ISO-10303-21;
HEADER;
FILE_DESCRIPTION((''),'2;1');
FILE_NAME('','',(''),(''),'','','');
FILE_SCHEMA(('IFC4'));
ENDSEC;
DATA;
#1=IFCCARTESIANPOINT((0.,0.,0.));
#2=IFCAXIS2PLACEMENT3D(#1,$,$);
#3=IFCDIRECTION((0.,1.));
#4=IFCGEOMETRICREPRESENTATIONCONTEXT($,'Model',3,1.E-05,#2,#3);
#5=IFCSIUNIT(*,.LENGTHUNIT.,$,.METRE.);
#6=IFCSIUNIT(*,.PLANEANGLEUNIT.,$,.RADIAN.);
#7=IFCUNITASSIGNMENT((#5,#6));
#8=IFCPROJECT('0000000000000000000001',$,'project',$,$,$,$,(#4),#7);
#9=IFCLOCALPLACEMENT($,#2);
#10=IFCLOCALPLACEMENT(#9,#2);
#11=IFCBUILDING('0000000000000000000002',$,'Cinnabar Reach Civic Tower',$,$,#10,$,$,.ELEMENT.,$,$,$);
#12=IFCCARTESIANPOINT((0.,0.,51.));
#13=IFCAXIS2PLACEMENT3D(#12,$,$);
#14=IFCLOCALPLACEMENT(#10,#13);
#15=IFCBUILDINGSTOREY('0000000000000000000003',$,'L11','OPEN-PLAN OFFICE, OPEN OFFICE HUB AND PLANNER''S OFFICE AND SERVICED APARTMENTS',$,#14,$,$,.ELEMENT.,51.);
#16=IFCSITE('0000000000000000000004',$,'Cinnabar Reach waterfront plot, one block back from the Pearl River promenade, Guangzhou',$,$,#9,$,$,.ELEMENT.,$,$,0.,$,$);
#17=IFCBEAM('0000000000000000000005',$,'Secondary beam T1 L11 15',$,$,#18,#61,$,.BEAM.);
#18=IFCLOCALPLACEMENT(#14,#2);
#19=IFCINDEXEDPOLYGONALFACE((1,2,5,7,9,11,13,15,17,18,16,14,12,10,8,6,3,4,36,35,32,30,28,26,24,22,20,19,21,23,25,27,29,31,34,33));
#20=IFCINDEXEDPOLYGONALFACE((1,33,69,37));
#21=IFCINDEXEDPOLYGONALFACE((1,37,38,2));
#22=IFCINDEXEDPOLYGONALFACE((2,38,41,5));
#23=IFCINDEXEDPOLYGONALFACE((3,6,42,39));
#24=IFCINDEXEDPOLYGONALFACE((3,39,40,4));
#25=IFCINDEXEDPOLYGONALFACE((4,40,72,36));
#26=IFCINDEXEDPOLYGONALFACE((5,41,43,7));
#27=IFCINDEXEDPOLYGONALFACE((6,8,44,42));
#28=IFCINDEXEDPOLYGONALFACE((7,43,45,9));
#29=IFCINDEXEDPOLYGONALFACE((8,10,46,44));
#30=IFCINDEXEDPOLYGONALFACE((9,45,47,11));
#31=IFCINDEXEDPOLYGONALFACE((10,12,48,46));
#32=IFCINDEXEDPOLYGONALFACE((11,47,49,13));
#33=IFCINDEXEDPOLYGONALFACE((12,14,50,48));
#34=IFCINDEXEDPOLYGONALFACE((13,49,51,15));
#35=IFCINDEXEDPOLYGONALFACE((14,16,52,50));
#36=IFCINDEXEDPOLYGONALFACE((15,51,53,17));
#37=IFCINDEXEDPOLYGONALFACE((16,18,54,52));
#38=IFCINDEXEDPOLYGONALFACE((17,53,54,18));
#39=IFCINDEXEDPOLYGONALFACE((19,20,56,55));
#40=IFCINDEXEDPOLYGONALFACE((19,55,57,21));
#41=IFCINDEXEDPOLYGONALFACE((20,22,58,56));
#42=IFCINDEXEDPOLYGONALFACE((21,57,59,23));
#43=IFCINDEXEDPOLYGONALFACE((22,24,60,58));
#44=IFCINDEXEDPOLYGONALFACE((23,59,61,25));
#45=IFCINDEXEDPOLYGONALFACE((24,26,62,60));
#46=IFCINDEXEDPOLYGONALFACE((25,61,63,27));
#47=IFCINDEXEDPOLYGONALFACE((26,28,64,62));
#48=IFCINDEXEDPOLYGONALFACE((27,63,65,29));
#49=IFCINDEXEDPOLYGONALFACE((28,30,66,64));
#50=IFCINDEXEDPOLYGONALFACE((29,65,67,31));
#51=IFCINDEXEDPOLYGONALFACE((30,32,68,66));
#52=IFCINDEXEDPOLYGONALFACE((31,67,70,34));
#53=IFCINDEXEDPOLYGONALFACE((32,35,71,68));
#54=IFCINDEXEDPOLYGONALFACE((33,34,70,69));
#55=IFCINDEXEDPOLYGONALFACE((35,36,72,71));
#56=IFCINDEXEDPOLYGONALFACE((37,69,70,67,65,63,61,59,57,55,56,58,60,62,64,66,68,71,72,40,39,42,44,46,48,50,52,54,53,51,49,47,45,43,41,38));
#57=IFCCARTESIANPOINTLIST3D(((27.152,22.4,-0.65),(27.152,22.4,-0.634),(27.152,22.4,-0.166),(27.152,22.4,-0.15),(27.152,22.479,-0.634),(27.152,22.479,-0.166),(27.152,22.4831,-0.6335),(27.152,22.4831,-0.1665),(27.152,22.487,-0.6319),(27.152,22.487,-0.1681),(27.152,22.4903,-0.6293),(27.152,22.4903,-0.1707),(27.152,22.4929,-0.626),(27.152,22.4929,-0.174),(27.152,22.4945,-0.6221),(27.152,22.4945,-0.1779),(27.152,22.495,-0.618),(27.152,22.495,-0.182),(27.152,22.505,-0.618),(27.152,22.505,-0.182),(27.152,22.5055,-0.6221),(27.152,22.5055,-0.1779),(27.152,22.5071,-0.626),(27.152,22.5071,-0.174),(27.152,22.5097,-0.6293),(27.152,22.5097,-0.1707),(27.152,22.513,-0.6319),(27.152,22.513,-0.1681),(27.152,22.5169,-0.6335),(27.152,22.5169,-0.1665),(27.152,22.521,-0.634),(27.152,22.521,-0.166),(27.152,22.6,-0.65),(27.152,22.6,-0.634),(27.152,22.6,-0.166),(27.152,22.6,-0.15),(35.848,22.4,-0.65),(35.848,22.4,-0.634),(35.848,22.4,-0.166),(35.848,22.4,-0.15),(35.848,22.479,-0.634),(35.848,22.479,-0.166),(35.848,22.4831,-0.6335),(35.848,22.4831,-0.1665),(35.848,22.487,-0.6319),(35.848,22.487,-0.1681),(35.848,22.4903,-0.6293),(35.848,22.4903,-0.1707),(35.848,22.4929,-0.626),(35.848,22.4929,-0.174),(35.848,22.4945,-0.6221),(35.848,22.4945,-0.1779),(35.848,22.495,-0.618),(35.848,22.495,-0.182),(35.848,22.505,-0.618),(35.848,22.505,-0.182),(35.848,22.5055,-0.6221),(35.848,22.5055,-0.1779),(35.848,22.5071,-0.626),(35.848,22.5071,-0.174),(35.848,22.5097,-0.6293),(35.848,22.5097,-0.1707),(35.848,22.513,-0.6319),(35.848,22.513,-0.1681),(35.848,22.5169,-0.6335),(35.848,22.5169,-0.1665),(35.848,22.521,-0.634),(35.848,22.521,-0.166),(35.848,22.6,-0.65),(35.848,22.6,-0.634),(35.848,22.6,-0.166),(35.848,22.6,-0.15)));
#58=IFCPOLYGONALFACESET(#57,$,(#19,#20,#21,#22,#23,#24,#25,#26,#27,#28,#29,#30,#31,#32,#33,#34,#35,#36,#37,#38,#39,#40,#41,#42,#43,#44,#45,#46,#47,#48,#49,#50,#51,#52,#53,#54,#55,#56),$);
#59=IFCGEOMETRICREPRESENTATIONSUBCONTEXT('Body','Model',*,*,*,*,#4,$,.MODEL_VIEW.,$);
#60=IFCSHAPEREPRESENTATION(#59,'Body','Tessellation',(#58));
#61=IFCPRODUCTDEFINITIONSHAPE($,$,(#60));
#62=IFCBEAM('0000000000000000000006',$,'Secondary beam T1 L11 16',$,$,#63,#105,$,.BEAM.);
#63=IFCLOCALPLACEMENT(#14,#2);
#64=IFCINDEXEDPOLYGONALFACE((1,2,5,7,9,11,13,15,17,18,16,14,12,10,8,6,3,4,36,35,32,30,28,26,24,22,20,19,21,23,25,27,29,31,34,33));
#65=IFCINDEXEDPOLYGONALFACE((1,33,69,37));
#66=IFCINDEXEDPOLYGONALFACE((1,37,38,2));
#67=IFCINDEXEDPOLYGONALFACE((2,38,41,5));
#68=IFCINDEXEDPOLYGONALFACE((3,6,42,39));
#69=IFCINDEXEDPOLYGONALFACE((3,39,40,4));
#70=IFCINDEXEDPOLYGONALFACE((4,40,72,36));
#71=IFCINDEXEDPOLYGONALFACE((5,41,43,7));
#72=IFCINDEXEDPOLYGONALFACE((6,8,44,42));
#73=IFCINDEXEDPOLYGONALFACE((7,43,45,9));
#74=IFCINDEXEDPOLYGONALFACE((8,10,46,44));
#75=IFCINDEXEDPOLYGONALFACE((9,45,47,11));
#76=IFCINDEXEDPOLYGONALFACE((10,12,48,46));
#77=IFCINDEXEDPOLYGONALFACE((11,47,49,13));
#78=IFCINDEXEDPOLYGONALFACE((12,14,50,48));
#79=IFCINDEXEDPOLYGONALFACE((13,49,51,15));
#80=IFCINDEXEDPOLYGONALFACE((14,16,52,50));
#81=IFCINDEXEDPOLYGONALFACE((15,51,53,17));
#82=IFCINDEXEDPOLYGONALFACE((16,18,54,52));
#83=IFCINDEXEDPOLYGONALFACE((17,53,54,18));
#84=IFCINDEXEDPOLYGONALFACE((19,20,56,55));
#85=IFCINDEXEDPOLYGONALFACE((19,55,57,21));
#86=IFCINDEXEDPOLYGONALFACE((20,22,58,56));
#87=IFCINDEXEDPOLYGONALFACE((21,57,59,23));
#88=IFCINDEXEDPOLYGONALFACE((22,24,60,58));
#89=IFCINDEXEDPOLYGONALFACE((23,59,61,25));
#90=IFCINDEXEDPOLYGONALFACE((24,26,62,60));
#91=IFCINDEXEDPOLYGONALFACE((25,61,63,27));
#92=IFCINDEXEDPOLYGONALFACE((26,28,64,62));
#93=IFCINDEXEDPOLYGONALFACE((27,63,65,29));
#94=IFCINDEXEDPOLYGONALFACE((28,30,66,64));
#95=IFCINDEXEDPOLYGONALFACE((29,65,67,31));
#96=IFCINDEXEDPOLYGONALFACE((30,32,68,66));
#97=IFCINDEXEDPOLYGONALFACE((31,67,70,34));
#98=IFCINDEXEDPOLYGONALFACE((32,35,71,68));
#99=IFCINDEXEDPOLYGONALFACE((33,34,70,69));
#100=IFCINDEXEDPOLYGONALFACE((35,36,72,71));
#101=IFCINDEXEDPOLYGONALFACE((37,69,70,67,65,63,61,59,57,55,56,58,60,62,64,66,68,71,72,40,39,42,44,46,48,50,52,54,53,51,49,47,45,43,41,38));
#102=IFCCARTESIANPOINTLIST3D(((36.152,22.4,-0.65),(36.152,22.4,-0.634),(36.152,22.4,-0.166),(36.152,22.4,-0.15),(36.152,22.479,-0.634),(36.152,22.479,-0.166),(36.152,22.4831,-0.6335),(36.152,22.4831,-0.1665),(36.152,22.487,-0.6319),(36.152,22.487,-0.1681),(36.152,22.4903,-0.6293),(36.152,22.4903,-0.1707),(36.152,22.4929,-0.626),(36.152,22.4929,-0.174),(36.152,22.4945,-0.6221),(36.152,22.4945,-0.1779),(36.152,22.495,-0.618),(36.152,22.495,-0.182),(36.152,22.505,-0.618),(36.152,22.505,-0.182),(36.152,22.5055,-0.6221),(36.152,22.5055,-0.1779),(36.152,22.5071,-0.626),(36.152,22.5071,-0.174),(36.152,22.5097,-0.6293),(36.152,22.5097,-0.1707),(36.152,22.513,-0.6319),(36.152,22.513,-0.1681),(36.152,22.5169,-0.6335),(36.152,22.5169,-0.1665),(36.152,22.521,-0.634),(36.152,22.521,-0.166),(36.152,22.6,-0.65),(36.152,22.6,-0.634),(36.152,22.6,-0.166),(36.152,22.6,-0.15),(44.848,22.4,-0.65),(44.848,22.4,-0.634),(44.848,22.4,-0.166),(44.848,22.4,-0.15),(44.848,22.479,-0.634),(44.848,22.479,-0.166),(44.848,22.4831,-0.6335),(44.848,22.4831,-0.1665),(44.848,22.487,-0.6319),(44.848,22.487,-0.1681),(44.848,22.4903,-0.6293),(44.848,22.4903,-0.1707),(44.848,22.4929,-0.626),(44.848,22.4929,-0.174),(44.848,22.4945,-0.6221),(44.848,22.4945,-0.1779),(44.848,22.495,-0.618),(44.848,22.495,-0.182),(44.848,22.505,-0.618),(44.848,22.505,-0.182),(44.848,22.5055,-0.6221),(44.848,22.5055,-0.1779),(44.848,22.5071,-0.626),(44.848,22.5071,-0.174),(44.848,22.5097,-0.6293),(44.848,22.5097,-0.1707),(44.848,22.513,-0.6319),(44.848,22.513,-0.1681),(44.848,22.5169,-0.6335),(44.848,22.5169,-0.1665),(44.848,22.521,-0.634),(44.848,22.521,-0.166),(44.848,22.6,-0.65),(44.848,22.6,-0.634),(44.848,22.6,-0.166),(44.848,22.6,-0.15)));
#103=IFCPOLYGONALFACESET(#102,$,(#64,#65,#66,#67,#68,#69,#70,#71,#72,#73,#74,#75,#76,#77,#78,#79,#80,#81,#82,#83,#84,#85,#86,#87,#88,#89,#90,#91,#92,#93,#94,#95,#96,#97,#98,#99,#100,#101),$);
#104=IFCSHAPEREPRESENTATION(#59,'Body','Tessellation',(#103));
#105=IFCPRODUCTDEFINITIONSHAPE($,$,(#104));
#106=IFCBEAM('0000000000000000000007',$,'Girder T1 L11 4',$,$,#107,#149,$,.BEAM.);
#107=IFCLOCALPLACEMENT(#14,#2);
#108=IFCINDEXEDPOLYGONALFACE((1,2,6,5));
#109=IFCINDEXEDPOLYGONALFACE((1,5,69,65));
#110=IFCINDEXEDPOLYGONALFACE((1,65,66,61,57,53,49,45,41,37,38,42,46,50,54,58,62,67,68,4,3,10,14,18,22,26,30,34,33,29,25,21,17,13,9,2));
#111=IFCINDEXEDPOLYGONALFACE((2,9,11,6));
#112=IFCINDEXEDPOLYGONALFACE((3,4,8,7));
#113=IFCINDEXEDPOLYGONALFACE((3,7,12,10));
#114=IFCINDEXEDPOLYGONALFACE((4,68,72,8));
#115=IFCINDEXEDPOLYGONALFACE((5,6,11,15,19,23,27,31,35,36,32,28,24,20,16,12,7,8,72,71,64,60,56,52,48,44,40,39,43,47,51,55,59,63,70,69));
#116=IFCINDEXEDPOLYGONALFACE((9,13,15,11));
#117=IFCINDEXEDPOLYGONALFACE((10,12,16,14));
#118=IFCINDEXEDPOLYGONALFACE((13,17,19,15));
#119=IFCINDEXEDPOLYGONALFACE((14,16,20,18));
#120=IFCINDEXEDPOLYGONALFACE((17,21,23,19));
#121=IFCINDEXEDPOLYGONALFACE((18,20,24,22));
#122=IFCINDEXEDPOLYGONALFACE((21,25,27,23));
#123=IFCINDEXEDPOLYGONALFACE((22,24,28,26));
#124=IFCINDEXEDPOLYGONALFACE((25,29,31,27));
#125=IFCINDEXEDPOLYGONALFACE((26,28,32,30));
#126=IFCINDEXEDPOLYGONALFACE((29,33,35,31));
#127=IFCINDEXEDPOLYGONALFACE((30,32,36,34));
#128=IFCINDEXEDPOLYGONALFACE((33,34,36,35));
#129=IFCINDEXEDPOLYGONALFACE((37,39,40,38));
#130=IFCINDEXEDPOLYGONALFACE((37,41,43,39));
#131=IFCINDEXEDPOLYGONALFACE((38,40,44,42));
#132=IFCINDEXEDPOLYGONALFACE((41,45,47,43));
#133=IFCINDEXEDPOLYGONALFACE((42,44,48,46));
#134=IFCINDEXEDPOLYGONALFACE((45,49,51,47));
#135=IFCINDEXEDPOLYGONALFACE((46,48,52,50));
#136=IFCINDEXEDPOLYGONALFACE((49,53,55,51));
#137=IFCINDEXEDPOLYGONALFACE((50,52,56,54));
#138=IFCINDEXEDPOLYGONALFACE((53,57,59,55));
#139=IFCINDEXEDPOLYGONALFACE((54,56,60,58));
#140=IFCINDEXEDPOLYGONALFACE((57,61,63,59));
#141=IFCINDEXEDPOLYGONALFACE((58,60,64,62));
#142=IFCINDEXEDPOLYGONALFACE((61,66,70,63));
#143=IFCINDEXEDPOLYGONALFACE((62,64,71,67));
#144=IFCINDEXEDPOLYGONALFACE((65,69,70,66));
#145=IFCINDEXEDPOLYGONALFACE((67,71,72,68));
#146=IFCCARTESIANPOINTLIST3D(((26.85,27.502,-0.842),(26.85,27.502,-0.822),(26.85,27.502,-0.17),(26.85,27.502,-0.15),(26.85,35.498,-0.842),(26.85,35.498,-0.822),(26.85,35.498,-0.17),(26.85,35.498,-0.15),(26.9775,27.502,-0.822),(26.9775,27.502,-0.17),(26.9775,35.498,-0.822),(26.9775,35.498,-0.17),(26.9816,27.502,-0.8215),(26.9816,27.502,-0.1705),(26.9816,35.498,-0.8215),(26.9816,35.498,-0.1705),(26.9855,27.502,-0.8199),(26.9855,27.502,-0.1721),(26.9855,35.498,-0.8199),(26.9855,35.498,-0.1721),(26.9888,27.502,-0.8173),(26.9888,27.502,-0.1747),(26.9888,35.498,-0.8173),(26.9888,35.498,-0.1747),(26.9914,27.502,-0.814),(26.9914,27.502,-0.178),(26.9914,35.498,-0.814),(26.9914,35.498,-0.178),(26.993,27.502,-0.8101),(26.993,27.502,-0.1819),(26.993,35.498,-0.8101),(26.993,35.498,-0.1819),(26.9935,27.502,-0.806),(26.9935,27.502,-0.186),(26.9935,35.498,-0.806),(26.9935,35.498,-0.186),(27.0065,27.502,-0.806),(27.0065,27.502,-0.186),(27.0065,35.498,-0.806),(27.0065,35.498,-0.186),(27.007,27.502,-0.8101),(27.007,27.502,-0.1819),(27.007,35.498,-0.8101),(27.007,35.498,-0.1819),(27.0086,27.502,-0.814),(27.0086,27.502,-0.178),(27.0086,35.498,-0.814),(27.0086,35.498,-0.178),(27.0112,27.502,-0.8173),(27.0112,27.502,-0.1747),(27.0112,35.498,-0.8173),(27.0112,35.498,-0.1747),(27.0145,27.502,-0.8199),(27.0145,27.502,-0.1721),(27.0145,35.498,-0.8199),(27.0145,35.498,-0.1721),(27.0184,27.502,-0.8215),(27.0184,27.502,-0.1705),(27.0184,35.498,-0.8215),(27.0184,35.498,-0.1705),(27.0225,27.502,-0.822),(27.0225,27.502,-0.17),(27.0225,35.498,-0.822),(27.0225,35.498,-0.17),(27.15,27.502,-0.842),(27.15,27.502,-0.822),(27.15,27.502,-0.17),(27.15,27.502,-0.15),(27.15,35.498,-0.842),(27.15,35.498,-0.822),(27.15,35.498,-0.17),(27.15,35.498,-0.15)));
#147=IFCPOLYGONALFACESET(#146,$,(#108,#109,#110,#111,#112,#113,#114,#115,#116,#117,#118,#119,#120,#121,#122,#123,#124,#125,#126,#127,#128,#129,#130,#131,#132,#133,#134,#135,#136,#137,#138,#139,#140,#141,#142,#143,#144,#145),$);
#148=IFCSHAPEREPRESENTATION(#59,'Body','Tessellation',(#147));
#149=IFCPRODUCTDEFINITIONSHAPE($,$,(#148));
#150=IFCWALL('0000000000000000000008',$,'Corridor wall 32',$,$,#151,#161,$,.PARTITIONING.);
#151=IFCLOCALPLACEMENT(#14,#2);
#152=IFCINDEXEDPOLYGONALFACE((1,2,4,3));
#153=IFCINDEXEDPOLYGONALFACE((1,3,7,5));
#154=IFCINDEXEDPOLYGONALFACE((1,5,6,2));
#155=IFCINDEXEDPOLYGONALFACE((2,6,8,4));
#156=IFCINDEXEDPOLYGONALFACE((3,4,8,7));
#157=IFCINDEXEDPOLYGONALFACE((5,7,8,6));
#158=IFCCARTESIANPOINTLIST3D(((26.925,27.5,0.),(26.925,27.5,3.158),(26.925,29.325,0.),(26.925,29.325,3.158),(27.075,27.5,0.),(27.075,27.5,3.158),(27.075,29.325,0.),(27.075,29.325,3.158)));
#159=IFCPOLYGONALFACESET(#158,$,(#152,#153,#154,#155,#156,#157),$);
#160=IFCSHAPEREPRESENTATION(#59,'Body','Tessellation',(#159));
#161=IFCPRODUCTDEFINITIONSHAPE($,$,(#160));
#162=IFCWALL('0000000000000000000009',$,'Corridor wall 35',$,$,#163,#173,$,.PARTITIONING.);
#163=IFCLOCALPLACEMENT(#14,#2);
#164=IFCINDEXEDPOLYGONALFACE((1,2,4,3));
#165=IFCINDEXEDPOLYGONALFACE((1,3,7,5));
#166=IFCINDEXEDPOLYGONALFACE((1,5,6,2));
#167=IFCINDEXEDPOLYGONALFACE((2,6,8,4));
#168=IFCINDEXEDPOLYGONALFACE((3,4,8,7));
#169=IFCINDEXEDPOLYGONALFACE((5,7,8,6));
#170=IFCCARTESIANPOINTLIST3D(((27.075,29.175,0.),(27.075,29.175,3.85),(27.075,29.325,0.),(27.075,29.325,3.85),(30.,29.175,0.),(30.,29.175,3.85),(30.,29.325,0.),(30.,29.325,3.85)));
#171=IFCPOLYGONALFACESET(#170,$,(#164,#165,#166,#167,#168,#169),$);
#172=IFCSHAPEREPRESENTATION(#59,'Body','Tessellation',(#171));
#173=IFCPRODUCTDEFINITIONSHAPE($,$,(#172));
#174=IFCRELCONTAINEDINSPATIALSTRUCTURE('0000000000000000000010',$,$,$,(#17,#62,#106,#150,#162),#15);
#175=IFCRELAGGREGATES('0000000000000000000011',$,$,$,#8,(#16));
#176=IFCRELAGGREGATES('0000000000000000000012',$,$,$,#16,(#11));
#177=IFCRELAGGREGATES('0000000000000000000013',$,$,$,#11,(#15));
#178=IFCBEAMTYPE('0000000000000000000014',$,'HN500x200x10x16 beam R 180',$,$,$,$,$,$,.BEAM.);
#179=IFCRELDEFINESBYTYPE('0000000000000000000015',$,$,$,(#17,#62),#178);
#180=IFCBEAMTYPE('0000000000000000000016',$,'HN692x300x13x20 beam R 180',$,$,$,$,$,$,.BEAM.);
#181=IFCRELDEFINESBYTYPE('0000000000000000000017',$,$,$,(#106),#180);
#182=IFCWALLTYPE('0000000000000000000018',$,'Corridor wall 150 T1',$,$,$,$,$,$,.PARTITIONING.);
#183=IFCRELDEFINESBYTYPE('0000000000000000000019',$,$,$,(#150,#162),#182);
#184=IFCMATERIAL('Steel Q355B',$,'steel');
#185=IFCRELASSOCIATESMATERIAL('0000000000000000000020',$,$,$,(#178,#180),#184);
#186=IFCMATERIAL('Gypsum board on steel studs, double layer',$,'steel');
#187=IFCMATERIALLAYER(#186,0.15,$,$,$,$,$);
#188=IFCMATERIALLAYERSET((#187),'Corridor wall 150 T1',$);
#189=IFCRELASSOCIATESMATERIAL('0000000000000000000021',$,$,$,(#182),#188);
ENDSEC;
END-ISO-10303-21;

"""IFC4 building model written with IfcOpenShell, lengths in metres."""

from ifc_helpers import new_model, si_unit, direction, frame, frame_2d, origin, origin_2d, place, context, subcontext, project, spatial, rectangle, i_section, extrude, material, layer, layer_set, material_profile, profile_set, type_object, element, save


model = new_model("IFC4")

# Units and contexts
model_context = context("Model", 3, precision=1e-05, world=origin(), true_north=direction((0.0, 1.0)))
body_context = subcontext(model_context, "Body", "Model", "MODEL_VIEW")
ifc_project = project(units=[si_unit("LENGTHUNIT", "METRE"), si_unit("PLANEANGLEUNIT", "RADIAN")], contexts=[model_context])

# Site, building, storey
site_placement = place(None, origin())
site = spatial("IfcSite", under=ifc_project, at=site_placement, Name="Cinnabar Reach waterfront plot, one block back from the Pearl River promenade, Guangzhou", CompositionType="ELEMENT", RefElevation=0.0)
building_placement = place(site_placement, origin())
building = spatial("IfcBuilding", under=site, at=building_placement, Name="Cinnabar Reach Civic Tower", CompositionType="ELEMENT")
storey_placement = place(building_placement, frame((0.0, 0.0, 51.0)))
storey = spatial("IfcBuildingStorey", under=building, at=storey_placement, Name="L11", Description="OPEN-PLAN OFFICE, OPEN OFFICE HUB AND PLANNER'S OFFICE AND SERVICED APARTMENTS", CompositionType="ELEMENT", Elevation=51.0)

# Beams
ifc_material_1 = material(Name="Steel Q355B", Category="steel")
ifc_material_profile_1 = material_profile(ifc_material_1, i_section(OverallWidth=0.2, OverallDepth=0.5, WebThickness=0.01, FlangeThickness=0.016, FilletRadius=0.016, at=origin_2d()), Name="HN500x200x10x16")
ifc_profile_set_1 = profile_set([ifc_material_profile_1], Name="Steel Q355B")
beam_type_1 = type_object("IfcBeamType", Name="HN500x200x10x16 beam R 180", PredefinedType="BEAM", material=ifc_profile_set_1)
for number, where, z_axis, x_axis, name in (
    (1, (27.152, 22.5, -0.4), (1.0, 0.0, 0.0), (0.0, 1.0, 0.0), "Secondary beam T1 L11 15"),
    (2, (36.152, 22.5, -0.4), (1.0, 0.0, 0.0), (0.0, 1.0, 0.0), "Secondary beam T1 L11 16"),
):
    element("IfcBeam", number, at=place(storey_placement, frame(where, z_axis=z_axis, x_axis=x_axis)), inside=storey, type_object=beam_type_1, Name=name, PredefinedType="BEAM", context=body_context, shape_type="SweptSolid", body=[
        extrude(i_section(OverallWidth=0.2, OverallDepth=0.5, WebThickness=0.01, FlangeThickness=0.016, FilletRadius=0.016, at=origin_2d()), origin(), (0.0, 0.0, 1.0), 8.696),
    ])
ifc_material_profile_2 = material_profile(ifc_material_1, i_section(OverallWidth=0.3, OverallDepth=0.692, WebThickness=0.013, FlangeThickness=0.02, FilletRadius=0.016, at=origin_2d()), Name="HN692x300x13x20")
ifc_profile_set_2 = profile_set([ifc_material_profile_2], Name="Steel Q355B")
beam_type_2 = type_object("IfcBeamType", Name="HN692x300x13x20 beam R 180", PredefinedType="BEAM", material=ifc_profile_set_2)
beam_1_placement = place(storey_placement, frame((27.0, 27.502, -0.496), z_axis=(0.0, 1.0, 0.0), x_axis=(-1.0, 0.0, 0.0)))
element("IfcBeam", 3, at=beam_1_placement, inside=storey, type_object=beam_type_2, Name="Girder T1 L11 4", PredefinedType="BEAM", context=body_context, shape_type="SweptSolid", body=[
    extrude(i_section(OverallWidth=0.3, OverallDepth=0.692, WebThickness=0.013, FlangeThickness=0.02, FilletRadius=0.016, at=origin_2d()), origin(), (0.0, 0.0, 1.0), 7.996),
])

# Walls
ifc_material_2 = material(Name="Gypsum board on steel studs, double layer", Category="steel")
ifc_layer_1 = layer(ifc_material_2, 0.15)
ifc_layer_set_1 = layer_set([ifc_layer_1], Name="Corridor wall 150 T1")
wall_type_1 = type_object("IfcWallType", Name="Corridor wall 150 T1", PredefinedType="PARTITIONING", material=ifc_layer_set_1)
wall_1_placement = place(storey_placement, frame((27.0, 27.5, 0.0), z_axis=(0.0, 0.0, 1.0), x_axis=(0.0, 1.0, 0.0)))
element("IfcWall", 4, at=wall_1_placement, inside=storey, type_object=wall_type_1, Name="Corridor wall 32", PredefinedType="PARTITIONING", context=body_context, shape_type="SweptSolid", body=[
    extrude(rectangle(XDim=1.825, YDim=0.15, at=frame_2d((0.9125, 0.0))), origin(), (0.0, 0.0, 1.0), 3.158),
])
wall_2_placement = place(storey_placement, frame((27.075, 29.25, 0.0), z_axis=(0.0, 0.0, 1.0), x_axis=(1.0, 0.0, 0.0)))
element("IfcWall", 5, at=wall_2_placement, inside=storey, type_object=wall_type_1, Name="Corridor wall 35", PredefinedType="PARTITIONING", context=body_context, shape_type="SweptSolid", body=[
    extrude(rectangle(XDim=2.925, YDim=0.15, at=frame_2d((1.4625, 0.0))), origin(), (0.0, 0.0, 1.0), 3.85),
])

save(model, "model.ifc")
